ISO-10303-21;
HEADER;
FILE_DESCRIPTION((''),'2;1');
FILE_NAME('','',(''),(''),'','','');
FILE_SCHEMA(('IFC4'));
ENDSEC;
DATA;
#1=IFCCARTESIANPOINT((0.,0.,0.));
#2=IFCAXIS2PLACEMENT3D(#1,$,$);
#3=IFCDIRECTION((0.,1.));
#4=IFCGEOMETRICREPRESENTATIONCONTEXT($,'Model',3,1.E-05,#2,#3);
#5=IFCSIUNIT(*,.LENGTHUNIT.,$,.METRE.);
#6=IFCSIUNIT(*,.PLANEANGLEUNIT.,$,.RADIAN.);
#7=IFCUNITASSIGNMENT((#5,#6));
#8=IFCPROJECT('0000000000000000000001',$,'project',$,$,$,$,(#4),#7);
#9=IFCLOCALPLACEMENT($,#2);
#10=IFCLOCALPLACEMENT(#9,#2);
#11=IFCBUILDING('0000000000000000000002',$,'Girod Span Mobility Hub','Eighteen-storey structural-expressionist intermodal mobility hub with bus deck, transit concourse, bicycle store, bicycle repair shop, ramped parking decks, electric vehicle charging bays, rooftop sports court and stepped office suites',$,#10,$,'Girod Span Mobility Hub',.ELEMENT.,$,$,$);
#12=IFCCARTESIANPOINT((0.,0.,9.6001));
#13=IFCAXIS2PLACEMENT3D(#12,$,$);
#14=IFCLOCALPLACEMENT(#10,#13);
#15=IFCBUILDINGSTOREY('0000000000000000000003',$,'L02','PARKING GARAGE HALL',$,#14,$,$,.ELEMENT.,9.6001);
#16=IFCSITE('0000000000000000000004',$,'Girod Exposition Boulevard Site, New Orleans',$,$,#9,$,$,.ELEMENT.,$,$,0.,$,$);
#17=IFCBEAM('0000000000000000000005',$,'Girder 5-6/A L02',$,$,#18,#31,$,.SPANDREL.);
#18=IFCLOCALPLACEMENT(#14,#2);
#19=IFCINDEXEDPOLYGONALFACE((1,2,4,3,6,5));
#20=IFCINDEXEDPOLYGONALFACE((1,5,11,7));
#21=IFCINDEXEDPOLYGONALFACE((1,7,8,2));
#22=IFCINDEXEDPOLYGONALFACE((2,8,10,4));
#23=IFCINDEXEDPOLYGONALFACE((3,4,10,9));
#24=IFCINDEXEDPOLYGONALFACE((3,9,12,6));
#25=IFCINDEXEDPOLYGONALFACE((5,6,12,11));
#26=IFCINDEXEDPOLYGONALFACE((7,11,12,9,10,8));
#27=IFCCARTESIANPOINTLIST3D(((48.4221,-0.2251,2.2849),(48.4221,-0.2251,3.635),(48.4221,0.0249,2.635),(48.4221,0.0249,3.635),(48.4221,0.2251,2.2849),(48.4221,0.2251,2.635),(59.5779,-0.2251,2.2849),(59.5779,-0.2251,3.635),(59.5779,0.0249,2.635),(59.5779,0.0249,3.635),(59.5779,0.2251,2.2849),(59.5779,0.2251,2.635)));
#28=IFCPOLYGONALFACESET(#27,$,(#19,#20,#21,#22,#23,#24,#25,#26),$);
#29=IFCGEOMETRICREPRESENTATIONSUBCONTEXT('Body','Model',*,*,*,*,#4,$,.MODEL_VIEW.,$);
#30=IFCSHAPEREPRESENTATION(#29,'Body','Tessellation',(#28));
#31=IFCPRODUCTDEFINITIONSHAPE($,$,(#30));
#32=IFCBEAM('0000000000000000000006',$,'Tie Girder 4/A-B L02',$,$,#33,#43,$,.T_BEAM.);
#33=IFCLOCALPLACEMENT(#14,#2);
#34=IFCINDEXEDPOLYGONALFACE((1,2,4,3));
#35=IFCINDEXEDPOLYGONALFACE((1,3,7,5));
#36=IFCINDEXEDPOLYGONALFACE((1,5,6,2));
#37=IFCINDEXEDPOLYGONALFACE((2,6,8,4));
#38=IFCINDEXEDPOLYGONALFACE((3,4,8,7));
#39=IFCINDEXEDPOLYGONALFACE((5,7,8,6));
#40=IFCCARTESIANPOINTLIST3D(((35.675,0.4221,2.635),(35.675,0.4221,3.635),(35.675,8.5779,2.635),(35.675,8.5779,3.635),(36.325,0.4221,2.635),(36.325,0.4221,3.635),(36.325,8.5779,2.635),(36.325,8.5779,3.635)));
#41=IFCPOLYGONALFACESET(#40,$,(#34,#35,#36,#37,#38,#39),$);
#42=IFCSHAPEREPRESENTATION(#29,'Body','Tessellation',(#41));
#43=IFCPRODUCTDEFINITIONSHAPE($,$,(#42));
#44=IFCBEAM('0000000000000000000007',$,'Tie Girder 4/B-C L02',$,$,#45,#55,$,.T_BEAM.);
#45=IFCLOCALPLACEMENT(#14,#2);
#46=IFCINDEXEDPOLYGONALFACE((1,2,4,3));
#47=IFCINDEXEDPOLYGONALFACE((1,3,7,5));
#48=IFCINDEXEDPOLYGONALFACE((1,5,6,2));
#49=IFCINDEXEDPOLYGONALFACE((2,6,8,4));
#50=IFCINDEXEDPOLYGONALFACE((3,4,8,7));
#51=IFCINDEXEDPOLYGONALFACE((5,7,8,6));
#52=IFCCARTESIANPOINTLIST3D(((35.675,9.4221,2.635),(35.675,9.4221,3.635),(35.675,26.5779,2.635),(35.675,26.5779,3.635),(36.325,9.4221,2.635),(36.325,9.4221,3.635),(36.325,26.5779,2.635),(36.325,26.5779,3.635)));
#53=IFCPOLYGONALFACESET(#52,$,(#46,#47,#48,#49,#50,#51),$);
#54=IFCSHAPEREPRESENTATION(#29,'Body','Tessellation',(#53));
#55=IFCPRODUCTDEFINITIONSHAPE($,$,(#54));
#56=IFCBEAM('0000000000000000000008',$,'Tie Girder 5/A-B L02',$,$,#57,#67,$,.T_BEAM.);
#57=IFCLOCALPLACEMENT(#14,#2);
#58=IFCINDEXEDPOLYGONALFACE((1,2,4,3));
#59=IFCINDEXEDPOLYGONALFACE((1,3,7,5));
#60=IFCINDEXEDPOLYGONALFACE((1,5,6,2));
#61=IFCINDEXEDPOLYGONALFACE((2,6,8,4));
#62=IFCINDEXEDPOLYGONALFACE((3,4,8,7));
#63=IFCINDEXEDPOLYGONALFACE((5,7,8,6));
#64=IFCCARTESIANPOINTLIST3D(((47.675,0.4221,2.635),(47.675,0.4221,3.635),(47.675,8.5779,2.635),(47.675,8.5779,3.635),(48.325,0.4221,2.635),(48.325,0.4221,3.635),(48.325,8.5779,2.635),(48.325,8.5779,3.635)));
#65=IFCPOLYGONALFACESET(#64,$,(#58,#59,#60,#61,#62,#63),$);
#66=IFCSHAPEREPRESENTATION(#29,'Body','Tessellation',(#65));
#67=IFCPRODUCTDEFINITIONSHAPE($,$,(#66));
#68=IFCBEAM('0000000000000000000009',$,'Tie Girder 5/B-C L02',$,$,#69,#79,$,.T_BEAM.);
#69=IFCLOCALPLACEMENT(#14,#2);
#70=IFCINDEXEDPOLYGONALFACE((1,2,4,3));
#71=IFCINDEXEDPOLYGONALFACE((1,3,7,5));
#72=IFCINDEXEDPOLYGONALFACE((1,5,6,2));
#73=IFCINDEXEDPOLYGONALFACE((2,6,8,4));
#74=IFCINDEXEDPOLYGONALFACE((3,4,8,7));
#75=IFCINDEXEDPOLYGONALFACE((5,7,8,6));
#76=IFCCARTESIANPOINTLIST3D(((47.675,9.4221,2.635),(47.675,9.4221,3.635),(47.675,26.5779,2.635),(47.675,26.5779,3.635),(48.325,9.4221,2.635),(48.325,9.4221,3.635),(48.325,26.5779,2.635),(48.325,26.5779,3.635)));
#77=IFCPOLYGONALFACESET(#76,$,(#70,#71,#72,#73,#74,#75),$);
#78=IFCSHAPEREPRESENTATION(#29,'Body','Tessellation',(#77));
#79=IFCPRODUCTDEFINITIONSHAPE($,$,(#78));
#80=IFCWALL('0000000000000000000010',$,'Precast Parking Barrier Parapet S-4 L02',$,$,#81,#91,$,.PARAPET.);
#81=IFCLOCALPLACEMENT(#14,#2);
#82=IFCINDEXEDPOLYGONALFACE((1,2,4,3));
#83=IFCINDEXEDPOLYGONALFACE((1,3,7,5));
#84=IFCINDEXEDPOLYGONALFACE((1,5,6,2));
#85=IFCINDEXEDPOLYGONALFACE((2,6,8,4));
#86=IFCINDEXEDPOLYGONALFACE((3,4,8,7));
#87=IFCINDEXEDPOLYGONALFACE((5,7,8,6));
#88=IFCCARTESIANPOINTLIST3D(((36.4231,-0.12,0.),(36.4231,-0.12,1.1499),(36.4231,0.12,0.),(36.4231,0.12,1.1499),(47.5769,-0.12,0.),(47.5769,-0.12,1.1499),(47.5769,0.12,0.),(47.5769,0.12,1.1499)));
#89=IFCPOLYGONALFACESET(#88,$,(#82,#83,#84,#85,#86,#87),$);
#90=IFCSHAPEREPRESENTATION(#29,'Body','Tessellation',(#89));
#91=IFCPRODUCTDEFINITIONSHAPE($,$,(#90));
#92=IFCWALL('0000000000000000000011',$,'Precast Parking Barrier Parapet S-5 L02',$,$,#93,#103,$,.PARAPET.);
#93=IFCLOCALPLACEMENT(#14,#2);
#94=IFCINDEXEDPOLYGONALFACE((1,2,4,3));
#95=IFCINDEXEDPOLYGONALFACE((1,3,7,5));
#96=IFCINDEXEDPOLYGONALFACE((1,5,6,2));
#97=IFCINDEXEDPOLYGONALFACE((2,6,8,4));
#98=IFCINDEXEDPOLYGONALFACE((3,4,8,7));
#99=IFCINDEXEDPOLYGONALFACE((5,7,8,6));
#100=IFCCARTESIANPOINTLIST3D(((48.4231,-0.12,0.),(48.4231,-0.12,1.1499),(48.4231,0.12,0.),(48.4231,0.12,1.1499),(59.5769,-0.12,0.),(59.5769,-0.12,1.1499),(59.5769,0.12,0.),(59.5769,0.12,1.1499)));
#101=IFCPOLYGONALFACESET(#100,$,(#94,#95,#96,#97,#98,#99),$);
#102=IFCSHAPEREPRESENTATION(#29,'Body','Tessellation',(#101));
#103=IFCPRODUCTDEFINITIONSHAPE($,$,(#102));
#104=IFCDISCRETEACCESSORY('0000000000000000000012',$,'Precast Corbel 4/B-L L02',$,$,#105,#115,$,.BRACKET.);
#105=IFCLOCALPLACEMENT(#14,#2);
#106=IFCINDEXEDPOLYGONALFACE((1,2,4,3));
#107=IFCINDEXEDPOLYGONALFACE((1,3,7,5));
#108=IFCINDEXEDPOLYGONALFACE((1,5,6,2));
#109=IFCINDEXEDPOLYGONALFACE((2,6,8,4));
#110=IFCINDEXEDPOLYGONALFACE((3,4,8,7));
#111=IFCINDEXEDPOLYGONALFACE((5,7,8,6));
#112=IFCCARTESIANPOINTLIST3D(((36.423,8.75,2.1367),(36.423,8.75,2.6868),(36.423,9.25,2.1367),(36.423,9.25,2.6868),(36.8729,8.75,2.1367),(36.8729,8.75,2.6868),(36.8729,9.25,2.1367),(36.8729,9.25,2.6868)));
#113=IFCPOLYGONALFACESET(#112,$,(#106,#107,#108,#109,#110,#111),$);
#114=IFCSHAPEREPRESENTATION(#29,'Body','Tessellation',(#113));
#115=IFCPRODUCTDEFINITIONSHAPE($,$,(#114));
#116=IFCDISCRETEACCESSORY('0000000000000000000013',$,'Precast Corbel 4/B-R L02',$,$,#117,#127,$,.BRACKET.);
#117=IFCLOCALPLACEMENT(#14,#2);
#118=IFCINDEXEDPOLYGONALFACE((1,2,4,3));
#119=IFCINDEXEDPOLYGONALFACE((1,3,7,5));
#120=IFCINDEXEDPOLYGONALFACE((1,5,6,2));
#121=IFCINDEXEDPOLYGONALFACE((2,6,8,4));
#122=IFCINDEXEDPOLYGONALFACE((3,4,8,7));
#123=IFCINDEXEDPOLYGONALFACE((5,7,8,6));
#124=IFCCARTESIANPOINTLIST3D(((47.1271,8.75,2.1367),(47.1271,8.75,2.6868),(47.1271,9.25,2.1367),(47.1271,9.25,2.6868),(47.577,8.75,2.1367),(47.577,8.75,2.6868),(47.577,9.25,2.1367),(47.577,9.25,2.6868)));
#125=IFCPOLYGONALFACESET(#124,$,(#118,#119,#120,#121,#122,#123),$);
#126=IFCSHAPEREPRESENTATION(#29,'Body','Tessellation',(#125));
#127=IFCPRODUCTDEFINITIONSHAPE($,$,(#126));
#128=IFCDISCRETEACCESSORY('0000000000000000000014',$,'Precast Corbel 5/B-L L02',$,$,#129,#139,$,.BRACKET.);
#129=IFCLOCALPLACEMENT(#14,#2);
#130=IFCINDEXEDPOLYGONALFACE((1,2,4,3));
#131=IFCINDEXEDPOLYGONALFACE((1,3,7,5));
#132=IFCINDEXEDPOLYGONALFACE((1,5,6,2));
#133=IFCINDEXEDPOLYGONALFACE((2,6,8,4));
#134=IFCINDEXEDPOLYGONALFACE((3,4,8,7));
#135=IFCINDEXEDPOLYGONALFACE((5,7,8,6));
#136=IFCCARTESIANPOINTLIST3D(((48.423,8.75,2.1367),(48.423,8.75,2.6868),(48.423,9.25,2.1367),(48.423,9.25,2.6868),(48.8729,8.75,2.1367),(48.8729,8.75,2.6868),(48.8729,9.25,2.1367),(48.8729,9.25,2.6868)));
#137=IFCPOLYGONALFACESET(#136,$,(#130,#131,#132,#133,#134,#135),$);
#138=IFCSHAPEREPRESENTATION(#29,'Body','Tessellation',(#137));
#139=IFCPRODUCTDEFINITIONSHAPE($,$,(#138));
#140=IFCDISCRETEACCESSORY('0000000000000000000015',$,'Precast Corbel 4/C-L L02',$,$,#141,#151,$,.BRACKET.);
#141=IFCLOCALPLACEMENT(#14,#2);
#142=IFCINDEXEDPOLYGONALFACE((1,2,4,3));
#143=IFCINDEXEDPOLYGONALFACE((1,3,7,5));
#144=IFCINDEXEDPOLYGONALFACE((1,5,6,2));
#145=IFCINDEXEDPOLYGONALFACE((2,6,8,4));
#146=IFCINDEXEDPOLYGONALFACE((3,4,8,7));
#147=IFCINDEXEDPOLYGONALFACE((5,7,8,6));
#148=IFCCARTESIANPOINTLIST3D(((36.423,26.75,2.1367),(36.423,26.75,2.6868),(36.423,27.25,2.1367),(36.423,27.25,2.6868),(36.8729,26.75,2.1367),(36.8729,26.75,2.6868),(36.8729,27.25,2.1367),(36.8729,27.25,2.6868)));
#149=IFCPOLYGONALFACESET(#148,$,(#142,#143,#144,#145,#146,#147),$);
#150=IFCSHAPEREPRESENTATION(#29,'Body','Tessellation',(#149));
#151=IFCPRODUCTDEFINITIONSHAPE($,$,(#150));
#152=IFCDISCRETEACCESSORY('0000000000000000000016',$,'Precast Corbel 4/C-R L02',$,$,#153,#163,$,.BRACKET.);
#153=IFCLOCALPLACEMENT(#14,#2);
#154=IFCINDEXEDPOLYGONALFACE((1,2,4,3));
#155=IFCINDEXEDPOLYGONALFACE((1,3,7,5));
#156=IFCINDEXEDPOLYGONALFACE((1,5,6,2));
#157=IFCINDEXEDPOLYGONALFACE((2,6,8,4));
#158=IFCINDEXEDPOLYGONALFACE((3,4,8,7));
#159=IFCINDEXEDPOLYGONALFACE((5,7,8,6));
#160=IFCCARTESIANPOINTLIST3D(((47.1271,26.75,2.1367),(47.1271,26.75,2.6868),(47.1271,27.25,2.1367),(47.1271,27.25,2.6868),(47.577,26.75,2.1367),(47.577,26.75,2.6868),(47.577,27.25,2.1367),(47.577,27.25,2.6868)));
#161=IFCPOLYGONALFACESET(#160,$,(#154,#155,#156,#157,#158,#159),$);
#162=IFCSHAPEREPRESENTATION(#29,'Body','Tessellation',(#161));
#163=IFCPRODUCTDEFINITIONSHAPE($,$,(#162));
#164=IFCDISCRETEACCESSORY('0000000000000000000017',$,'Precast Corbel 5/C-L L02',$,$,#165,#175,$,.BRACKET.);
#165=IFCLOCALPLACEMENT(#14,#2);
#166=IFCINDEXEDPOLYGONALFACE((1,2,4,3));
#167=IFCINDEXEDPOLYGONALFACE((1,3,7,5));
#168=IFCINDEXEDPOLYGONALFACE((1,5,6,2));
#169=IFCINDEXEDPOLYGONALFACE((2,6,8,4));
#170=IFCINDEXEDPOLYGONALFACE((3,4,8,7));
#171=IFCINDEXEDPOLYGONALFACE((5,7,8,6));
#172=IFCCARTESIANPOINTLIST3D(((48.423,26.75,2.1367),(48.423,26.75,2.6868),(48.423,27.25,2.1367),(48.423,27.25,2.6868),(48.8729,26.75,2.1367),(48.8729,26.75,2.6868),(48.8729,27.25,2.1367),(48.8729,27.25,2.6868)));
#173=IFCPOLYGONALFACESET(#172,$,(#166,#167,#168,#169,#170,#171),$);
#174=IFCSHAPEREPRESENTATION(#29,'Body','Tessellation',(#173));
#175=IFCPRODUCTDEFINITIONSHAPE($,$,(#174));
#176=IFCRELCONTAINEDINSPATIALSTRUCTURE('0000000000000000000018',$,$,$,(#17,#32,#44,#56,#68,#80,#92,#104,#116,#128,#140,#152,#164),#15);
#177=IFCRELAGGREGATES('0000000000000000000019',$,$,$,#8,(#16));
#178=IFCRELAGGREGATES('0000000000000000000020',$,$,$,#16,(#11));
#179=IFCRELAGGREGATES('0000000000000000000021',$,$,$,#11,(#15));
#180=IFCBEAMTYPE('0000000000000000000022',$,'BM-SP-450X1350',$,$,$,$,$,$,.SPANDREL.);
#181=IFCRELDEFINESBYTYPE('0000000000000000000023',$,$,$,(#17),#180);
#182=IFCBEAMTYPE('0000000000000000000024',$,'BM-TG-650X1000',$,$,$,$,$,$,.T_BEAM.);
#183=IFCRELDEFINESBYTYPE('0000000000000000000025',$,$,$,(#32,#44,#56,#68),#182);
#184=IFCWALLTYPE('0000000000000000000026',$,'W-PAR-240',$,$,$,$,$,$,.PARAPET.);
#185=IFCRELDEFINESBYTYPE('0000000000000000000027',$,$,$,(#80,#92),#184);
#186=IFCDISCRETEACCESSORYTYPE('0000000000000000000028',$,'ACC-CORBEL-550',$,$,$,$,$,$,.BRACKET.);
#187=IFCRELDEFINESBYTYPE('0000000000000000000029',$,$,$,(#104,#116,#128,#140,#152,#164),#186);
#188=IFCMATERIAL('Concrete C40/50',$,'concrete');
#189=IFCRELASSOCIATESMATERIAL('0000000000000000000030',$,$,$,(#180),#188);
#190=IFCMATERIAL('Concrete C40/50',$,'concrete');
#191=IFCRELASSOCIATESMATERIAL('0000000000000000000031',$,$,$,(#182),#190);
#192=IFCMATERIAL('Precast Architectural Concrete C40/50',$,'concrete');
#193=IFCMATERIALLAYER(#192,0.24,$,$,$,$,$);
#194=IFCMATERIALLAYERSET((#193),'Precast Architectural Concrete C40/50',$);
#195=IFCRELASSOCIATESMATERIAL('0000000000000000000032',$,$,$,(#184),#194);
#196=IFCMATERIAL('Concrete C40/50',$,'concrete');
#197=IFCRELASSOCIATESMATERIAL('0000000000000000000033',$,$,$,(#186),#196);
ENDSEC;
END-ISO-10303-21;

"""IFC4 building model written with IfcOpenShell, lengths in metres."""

from ifc_helpers import new_model, si_unit, direction, frame, frame_2d, origin, origin_2d, place, context, subcontext, project, spatial, polyline, rectangle, outline, extrude, material, layer, layer_set, material_profile, profile_set, type_object, element, save


model = new_model("IFC4")

# Units and contexts
model_context = context("Model", 3, precision=1e-05, world=origin(), true_north=direction((0.0, 1.0)))
body_context = subcontext(model_context, "Body", "Model", "MODEL_VIEW")
ifc_project = project(units=[si_unit("LENGTHUNIT", "METRE"), si_unit("PLANEANGLEUNIT", "RADIAN")], contexts=[model_context])

# Site, building, storey
site_placement = place(None, origin())
site = spatial("IfcSite", under=ifc_project, at=site_placement, Name="Girod Exposition Boulevard Site, New Orleans", CompositionType="ELEMENT", RefElevation=0.0)
building_placement = place(site_placement, origin())
building = spatial("IfcBuilding", under=site, at=building_placement, Name="Girod Span Mobility Hub", Description="Eighteen-storey structural-expressionist intermodal mobility hub with bus deck, transit concourse, bicycle store, bicycle repair shop, ramped parking decks, electric vehicle charging bays, rooftop sports court and stepped office suites", LongName="Girod Span Mobility Hub", CompositionType="ELEMENT")
storey_placement = place(building_placement, frame((0.0, 0.0, 9.6001)))
storey = spatial("IfcBuildingStorey", under=building, at=storey_placement, Name="L02", Description="PARKING GARAGE HALL", CompositionType="ELEMENT", Elevation=9.6001)

# Beams
ifc_material_1 = material(Name="Concrete C40/50", Category="concrete")
ifc_material_profile_1 = material_profile(ifc_material_1, outline(polyline([(-0.2251, -0.675), (0.2251, -0.675), (0.2251, -0.325), (0.0249, -0.325), (0.0249, 0.675), (-0.2251, 0.675), (-0.2251, -0.675)])), Name="SP-450X1350")
ifc_profile_set_1 = profile_set([ifc_material_profile_1], Name="Concrete C40/50")
beam_type_1 = type_object("IfcBeamType", Name="BM-SP-450X1350", PredefinedType="SPANDREL", material=ifc_profile_set_1)
for number, where, z_axis, x_axis, name in (
    (1, (48.4221, 0.0, 2.96), (1.0, 0.0, 0.0), (0.0, 1.0, 0.0), "Girder 5-6/A L02"),
):
    element("IfcBeam", number, at=place(storey_placement, frame(where, z_axis=z_axis, x_axis=x_axis)), inside=storey, type_object=beam_type_1, Name=name, PredefinedType="SPANDREL", context=body_context, shape_type="SweptSolid", body=[
        extrude(outline(polyline([(-0.2251, -0.675), (0.2251, -0.675), (0.2251, -0.325), (0.0249, -0.325), (0.0249, 0.675), (-0.2251, 0.675), (-0.2251, -0.675)])), origin(), (0.0, 0.0, 1.0), 11.1558),
    ])
ifc_material_2 = material(Name="Concrete C40/50", Category="concrete")
ifc_material_profile_2 = material_profile(ifc_material_2, rectangle(XDim=0.6499, YDim=1.0, at=origin_2d()), Name="TG-650X1000")
ifc_profile_set_2 = profile_set([ifc_material_profile_2], Name="Concrete C40/50")
beam_type_2 = type_object("IfcBeamType", Name="BM-TG-650X1000", PredefinedType="T_BEAM", material=ifc_profile_set_2)
beam_1_placement = place(storey_placement, frame((36.0, 0.4221, 3.135), z_axis=(0.0, 1.0, 0.0), x_axis=(-1.0, 0.0, 0.0)))
element("IfcBeam", 2, at=beam_1_placement, inside=storey, type_object=beam_type_2, Name="Tie Girder 4/A-B L02", PredefinedType="T_BEAM", context=body_context, shape_type="SweptSolid", body=[
    extrude(rectangle(XDim=0.6499, YDim=1.0, at=origin_2d()), origin(), (0.0, 0.0, 1.0), 8.1558),
])
beam_2_placement = place(storey_placement, frame((36.0, 9.4221, 3.135), z_axis=(0.0, 1.0, 0.0), x_axis=(-1.0, 0.0, 0.0)))
element("IfcBeam", 3, at=beam_2_placement, inside=storey, type_object=beam_type_2, Name="Tie Girder 4/B-C L02", PredefinedType="T_BEAM", context=body_context, shape_type="SweptSolid", body=[
    extrude(rectangle(XDim=0.6499, YDim=1.0, at=origin_2d()), origin(), (0.0, 0.0, 1.0), 17.1558),
])
beam_3_placement = place(storey_placement, frame((48.0, 0.4221, 3.135), z_axis=(0.0, 1.0, 0.0), x_axis=(-1.0, 0.0, 0.0)))
element("IfcBeam", 4, at=beam_3_placement, inside=storey, type_object=beam_type_2, Name="Tie Girder 5/A-B L02", PredefinedType="T_BEAM", context=body_context, shape_type="SweptSolid", body=[
    extrude(rectangle(XDim=0.6499, YDim=1.0, at=origin_2d()), origin(), (0.0, 0.0, 1.0), 8.1558),
])
beam_4_placement = place(storey_placement, frame((48.0, 9.4221, 3.135), z_axis=(0.0, 1.0, 0.0), x_axis=(-1.0, 0.0, 0.0)))
element("IfcBeam", 5, at=beam_4_placement, inside=storey, type_object=beam_type_2, Name="Tie Girder 5/B-C L02", PredefinedType="T_BEAM", context=body_context, shape_type="SweptSolid", body=[
    extrude(rectangle(XDim=0.6499, YDim=1.0, at=origin_2d()), origin(), (0.0, 0.0, 1.0), 17.1558),
])

# Walls
ifc_material_3 = material(Name="Precast Architectural Concrete C40/50", Category="concrete")
ifc_layer = layer(ifc_material_3, 0.24)
ifc_layer_set = layer_set([ifc_layer], Name="Precast Architectural Concrete C40/50")
wall_type = type_object("IfcWallType", Name="W-PAR-240", PredefinedType="PARAPET", material=ifc_layer_set)
for number, where, z_axis, x_axis, name in (
    (6, (36.4231, 0.0, 0.0), (0.0, 0.0, 1.0), (1.0, 0.0, 0.0), "Precast Parking Barrier Parapet S-4 L02"),
    (7, (48.4231, 0.0, 0.0), (0.0, 0.0, 1.0), (1.0, 0.0, 0.0), "Precast Parking Barrier Parapet S-5 L02"),
):
    element("IfcWall", number, at=place(storey_placement, frame(where, z_axis=z_axis, x_axis=x_axis)), inside=storey, type_object=wall_type, Name=name, PredefinedType="PARAPET", context=body_context, shape_type="SweptSolid", body=[
        extrude(rectangle(XDim=11.1538, YDim=0.24, at=frame_2d((5.5769, 0.0))), origin(), (0.0, 0.0, 1.0), 1.1499),
    ])

# Discrete accessories
ifc_material_4 = material(Name="Concrete C40/50", Category="concrete")
discrete_accessory_type = type_object("IfcDiscreteAccessoryType", Name="ACC-CORBEL-550", PredefinedType="BRACKET", material=ifc_material_4)
for number, where, z_axis, x_axis, name in (
    (8, (36.6479, 9.0, 2.1367), (0.0, 0.0, 1.0), (1.0, 0.0, 0.0), "Precast Corbel 4/B-L L02"),
    (9, (47.3521, 9.0, 2.1367), (0.0, 0.0, 1.0), (1.0, 0.0, 0.0), "Precast Corbel 4/B-R L02"),
    (10, (48.6479, 9.0, 2.1367), (0.0, 0.0, 1.0), (1.0, 0.0, 0.0), "Precast Corbel 5/B-L L02"),
    (11, (36.6479, 27.0, 2.1367), (0.0, 0.0, 1.0), (1.0, 0.0, 0.0), "Precast Corbel 4/C-L L02"),
    (12, (47.3521, 27.0, 2.1367), (0.0, 0.0, 1.0), (1.0, 0.0, 0.0), "Precast Corbel 4/C-R L02"),
    (13, (48.6479, 27.0, 2.1367), (0.0, 0.0, 1.0), (1.0, 0.0, 0.0), "Precast Corbel 5/C-L L02"),
):
    element("IfcDiscreteAccessory", number, at=place(storey_placement, frame(where, z_axis=z_axis, x_axis=x_axis)), inside=storey, type_object=discrete_accessory_type, Name=name, PredefinedType="BRACKET", context=body_context, shape_type="SweptSolid", body=[
        extrude(rectangle(XDim=0.45, YDim=0.5, at=origin_2d()), origin(), (0.0, 0.0, 1.0), 0.55),
    ])

save(model, "model.ifc")
